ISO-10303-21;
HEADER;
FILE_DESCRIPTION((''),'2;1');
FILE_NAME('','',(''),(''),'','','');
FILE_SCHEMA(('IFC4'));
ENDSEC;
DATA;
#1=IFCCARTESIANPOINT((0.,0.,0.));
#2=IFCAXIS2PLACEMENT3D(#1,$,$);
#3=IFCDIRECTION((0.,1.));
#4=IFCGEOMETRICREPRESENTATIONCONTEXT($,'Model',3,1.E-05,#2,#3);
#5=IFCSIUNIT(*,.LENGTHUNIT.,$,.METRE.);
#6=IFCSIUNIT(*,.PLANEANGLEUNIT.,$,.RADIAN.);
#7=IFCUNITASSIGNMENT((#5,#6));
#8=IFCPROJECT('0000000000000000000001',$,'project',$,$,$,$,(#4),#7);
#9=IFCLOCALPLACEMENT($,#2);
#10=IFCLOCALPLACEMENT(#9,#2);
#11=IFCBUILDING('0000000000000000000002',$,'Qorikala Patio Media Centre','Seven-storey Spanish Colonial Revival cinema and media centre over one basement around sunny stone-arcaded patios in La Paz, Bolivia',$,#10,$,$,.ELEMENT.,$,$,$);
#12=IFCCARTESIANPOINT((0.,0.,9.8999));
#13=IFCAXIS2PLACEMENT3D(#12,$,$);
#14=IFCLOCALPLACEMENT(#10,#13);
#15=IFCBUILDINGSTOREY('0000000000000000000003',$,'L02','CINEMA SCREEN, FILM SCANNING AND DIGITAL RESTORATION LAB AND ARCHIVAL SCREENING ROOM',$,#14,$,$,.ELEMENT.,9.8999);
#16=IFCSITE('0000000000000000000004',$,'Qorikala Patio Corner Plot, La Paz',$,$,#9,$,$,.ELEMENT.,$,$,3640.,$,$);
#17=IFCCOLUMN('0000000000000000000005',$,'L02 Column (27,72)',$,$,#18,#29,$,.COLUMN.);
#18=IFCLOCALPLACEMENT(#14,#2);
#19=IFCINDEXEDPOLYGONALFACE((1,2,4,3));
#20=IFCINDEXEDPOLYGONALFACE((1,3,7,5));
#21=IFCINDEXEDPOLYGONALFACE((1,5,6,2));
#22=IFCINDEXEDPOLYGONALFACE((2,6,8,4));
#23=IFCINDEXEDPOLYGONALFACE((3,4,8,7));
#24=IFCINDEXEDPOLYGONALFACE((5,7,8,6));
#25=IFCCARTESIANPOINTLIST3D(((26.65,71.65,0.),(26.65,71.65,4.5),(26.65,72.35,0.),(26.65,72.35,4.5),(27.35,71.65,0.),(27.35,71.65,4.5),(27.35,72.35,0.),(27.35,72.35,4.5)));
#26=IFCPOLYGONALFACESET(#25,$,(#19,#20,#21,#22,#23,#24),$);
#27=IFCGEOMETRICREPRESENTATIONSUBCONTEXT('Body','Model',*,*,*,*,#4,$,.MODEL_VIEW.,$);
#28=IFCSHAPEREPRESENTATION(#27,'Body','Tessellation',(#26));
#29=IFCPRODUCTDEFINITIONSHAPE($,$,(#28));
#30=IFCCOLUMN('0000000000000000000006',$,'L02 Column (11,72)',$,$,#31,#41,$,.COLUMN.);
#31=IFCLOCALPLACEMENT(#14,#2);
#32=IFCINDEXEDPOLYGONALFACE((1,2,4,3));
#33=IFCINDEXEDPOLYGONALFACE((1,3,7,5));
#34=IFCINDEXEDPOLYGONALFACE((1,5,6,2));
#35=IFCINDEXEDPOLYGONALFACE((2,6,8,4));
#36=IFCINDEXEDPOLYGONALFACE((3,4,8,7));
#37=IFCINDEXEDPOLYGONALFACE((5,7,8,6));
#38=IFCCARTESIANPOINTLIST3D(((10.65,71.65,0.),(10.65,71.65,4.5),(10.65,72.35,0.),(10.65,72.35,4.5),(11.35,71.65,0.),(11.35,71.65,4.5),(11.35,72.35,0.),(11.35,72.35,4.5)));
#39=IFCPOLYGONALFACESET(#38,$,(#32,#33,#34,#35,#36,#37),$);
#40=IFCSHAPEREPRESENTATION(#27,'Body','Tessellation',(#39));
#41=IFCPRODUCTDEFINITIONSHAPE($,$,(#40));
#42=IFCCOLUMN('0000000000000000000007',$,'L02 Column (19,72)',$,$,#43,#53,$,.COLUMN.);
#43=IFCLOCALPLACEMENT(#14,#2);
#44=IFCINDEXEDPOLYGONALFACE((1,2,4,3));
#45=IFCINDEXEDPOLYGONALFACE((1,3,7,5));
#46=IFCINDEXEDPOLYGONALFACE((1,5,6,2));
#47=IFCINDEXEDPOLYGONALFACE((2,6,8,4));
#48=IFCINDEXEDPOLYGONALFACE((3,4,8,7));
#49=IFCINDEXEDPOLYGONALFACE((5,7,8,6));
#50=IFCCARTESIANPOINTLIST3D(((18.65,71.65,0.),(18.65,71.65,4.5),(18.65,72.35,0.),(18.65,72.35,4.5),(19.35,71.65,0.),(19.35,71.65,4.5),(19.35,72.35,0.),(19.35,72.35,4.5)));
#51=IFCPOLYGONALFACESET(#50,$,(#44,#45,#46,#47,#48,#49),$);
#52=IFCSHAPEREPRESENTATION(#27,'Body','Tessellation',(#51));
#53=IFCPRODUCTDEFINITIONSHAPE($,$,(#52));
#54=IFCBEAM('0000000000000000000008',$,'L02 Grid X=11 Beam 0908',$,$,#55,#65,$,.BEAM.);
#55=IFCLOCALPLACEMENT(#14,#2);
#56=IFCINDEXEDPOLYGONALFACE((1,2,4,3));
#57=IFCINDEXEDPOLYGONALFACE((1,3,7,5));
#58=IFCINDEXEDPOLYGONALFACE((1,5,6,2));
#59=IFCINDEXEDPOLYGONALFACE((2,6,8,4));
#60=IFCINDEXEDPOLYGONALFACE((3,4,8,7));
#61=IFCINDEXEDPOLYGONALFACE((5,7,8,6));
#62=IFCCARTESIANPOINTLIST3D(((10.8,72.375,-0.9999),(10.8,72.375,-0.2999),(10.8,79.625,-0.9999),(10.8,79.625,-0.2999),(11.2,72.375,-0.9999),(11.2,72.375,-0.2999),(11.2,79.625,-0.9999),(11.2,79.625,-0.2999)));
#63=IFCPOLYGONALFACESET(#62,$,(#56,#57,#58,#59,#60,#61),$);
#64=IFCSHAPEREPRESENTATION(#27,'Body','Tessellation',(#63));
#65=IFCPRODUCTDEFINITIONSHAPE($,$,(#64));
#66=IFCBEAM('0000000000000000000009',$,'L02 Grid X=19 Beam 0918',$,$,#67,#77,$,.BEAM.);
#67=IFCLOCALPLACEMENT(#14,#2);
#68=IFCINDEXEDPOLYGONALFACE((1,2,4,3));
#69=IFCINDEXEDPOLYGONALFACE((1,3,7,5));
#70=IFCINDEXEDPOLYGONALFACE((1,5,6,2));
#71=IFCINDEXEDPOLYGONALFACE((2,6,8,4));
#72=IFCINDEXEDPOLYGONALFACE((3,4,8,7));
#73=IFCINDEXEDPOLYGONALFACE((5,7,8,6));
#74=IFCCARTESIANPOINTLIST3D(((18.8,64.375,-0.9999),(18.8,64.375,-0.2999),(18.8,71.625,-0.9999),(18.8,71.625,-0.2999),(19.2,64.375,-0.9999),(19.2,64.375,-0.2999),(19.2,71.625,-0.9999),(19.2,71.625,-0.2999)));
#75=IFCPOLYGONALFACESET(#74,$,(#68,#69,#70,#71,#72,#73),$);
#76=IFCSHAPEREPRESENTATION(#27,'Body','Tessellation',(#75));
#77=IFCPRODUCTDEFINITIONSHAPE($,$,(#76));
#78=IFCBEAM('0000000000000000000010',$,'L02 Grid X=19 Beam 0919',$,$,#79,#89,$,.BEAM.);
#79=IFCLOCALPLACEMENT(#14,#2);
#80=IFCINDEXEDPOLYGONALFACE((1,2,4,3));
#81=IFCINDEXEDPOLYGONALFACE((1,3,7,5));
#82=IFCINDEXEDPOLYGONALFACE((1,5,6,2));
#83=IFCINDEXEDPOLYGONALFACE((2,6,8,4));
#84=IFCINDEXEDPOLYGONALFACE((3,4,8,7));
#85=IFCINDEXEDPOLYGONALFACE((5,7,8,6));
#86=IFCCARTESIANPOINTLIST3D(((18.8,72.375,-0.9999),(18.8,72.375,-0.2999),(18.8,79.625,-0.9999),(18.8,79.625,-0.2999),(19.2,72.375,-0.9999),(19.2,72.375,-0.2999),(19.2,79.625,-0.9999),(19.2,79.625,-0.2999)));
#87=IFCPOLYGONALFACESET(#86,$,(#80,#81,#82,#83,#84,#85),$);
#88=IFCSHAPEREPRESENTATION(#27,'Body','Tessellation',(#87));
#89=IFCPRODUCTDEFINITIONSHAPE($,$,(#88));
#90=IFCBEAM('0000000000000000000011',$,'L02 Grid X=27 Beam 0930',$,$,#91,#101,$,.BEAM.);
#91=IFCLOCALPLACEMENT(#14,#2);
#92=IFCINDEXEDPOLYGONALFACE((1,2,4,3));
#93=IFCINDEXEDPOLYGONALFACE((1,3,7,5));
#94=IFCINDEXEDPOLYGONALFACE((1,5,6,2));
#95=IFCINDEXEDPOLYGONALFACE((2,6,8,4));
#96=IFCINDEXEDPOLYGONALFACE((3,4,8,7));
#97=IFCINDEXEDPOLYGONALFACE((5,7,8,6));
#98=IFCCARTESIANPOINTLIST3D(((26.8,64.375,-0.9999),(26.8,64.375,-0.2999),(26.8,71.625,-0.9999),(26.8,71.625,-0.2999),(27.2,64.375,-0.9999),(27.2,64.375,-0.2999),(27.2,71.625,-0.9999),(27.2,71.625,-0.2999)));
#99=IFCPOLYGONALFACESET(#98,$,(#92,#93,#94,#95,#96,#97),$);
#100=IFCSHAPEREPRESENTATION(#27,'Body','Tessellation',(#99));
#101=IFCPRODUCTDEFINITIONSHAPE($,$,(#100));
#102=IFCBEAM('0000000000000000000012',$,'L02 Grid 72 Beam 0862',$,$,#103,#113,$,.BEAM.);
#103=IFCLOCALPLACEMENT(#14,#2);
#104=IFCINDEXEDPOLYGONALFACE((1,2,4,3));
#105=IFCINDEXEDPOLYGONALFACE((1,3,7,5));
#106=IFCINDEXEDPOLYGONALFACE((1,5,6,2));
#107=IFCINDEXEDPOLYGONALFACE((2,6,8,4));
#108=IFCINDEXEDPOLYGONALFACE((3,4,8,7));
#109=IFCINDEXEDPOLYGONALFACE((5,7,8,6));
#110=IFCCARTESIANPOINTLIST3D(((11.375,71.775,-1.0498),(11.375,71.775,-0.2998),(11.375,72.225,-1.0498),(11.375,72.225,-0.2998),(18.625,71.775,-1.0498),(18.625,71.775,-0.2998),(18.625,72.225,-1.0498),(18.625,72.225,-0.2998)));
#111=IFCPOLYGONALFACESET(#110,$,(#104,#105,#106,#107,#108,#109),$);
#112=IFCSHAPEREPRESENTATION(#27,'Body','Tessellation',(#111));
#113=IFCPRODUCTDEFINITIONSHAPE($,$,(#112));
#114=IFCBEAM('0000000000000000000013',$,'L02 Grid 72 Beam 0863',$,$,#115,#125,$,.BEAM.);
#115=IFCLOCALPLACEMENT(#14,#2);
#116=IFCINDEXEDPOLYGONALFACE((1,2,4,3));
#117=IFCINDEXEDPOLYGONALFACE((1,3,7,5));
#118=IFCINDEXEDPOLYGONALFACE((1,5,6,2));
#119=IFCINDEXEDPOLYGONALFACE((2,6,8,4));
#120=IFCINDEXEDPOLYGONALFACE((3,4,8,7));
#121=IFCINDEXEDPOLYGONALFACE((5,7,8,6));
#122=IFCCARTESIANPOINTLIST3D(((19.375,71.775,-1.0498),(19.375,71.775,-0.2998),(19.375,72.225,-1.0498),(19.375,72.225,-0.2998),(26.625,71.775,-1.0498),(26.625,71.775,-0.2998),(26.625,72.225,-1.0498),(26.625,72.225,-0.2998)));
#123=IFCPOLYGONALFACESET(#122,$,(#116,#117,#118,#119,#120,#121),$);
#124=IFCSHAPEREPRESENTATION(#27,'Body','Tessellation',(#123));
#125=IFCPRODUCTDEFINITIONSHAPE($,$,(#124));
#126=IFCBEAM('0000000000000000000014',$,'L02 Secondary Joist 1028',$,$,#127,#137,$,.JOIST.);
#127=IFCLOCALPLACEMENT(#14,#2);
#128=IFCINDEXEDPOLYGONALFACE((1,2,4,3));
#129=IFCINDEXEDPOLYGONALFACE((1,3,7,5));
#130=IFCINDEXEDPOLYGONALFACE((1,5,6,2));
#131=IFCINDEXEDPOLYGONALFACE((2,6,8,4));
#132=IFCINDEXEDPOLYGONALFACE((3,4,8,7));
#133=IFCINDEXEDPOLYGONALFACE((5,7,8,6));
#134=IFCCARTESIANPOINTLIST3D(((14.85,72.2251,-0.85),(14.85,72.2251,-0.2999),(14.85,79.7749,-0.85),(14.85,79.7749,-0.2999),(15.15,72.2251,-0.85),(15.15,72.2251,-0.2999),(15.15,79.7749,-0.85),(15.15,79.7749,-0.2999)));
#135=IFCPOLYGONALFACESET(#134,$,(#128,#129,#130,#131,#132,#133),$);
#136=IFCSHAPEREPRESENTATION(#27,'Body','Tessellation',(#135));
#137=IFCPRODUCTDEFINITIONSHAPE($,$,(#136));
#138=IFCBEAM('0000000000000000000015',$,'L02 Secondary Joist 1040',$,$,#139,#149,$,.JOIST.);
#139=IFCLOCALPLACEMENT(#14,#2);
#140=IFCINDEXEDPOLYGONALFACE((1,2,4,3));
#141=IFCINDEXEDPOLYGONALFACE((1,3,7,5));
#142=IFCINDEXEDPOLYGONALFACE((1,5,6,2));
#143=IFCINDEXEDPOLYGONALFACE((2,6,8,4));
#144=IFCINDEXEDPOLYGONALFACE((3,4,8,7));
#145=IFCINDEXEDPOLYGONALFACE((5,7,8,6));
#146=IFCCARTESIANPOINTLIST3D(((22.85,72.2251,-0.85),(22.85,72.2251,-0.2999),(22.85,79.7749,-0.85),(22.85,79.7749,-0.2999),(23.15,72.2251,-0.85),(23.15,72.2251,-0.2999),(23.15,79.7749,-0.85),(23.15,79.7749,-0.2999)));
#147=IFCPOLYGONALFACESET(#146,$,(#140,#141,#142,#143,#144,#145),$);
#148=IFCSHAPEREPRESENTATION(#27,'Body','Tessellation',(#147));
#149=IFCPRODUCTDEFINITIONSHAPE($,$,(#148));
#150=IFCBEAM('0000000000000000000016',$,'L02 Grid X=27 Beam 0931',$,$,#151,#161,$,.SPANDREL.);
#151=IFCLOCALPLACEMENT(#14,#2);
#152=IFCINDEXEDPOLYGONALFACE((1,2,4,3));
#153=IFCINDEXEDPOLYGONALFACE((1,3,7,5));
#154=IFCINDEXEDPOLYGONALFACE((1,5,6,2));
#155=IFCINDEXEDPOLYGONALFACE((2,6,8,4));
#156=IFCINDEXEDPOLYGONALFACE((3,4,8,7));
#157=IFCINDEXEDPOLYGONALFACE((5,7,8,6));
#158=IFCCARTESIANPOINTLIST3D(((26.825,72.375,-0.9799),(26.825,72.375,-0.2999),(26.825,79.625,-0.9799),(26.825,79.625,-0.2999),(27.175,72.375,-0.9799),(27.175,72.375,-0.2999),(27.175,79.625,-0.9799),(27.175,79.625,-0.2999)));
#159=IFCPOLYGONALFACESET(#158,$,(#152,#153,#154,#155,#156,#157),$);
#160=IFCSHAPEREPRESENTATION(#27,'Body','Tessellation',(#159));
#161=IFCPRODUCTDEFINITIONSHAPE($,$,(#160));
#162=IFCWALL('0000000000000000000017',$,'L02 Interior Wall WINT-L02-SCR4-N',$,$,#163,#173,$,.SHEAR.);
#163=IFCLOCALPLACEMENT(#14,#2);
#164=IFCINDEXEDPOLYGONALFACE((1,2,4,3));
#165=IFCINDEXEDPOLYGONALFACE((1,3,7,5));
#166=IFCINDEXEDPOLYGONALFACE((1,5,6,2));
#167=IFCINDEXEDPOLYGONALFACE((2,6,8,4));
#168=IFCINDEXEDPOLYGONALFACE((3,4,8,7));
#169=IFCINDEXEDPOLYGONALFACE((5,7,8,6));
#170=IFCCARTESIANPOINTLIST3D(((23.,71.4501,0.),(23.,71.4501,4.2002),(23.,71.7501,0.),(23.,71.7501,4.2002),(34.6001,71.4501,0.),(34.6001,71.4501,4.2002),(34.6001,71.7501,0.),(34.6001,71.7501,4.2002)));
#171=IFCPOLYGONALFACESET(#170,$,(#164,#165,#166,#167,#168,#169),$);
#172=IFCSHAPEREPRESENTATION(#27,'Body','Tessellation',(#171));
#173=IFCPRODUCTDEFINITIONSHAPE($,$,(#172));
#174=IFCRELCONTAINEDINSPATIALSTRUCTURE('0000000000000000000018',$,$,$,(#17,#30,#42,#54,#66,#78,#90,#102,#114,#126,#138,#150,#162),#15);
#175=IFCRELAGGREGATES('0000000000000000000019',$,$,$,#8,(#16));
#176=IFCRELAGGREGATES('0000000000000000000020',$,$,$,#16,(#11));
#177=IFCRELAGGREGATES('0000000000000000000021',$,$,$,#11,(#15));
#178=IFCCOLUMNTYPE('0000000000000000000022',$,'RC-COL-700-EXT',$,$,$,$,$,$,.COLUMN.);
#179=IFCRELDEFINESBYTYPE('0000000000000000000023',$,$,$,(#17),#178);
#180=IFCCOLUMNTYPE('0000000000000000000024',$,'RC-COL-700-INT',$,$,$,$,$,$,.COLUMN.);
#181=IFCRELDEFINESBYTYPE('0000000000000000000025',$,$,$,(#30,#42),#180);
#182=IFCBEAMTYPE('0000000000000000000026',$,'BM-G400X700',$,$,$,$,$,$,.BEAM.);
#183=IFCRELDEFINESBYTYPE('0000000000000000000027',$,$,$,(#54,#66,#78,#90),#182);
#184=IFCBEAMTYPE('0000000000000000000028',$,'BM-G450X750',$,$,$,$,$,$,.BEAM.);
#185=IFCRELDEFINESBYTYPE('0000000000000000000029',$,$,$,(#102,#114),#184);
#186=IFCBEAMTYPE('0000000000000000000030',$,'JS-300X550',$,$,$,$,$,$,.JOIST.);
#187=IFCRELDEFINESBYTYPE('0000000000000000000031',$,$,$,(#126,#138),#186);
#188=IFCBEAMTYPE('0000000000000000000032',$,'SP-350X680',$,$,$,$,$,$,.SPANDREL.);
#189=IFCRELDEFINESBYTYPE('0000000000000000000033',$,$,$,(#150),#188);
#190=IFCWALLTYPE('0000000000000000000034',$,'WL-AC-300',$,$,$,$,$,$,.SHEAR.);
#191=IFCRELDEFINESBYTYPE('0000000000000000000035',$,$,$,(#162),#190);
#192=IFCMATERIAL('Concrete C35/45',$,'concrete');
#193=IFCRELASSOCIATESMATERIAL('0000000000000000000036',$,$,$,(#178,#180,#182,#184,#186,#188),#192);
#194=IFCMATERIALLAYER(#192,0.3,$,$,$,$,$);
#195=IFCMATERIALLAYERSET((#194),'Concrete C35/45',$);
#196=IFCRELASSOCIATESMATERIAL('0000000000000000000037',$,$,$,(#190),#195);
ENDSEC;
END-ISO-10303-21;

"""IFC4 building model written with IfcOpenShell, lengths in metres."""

from ifc_helpers import new_model, si_unit, direction, frame, frame_2d, origin, origin_2d, place, context, subcontext, project, spatial, rectangle, extrude, material, layer, layer_set, material_profile, profile_set, type_object, element, save


model = new_model("IFC4")

# Units and contexts
model_context = context("Model", 3, precision=1e-05, world=origin(), true_north=direction((0.0, 1.0)))
body_context = subcontext(model_context, "Body", "Model", "MODEL_VIEW")
ifc_project = project(units=[si_unit("LENGTHUNIT", "METRE"), si_unit("PLANEANGLEUNIT", "RADIAN")], contexts=[model_context])

# Site, building, storey
site_placement = place(None, origin())
site = spatial("IfcSite", under=ifc_project, at=site_placement, Name="Qorikala Patio Corner Plot, La Paz", CompositionType="ELEMENT", RefElevation=3640.0)
building_placement = place(site_placement, origin())
building = spatial("IfcBuilding", under=site, at=building_placement, Name="Qorikala Patio Media Centre", Description="Seven-storey Spanish Colonial Revival cinema and media centre over one basement around sunny stone-arcaded patios in La Paz, Bolivia", CompositionType="ELEMENT")
storey_placement = place(building_placement, frame((0.0, 0.0, 9.8999)))
storey = spatial("IfcBuildingStorey", under=building, at=storey_placement, Name="L02", Description="CINEMA SCREEN, FILM SCANNING AND DIGITAL RESTORATION LAB AND ARCHIVAL SCREENING ROOM", CompositionType="ELEMENT", Elevation=9.8999)

# Columns
ifc_material_1 = material(Name="Concrete C35/45", Category="concrete")
ifc_material_profile_1 = material_profile(ifc_material_1, rectangle(XDim=0.7, YDim=0.7, at=origin_2d()), Name="RC 700x700")
ifc_profile_set_1 = profile_set([ifc_material_profile_1], Name="Concrete C35/45")
column_type_1 = type_object("IfcColumnType", Name="RC-COL-700-EXT", PredefinedType="COLUMN", material=ifc_profile_set_1)
column_placement = place(storey_placement, frame((27.0, 72.0, 0.0), z_axis=(0.0, 0.0, 1.0), x_axis=(1.0, 0.0, 0.0)))
element("IfcColumn", 1, at=column_placement, inside=storey, type_object=column_type_1, Name="L02 Column (27,72)", PredefinedType="COLUMN", context=body_context, shape_type="SweptSolid", body=[
    extrude(rectangle(XDim=0.7, YDim=0.7, at=origin_2d()), origin(), (0.0, 0.0, 1.0), 4.5),
])
ifc_material_profile_2 = material_profile(ifc_material_1, rectangle(XDim=0.7, YDim=0.7, at=origin_2d()), Name="RC 700x700")
ifc_profile_set_2 = profile_set([ifc_material_profile_2], Name="Concrete C35/45")
column_type_2 = type_object("IfcColumnType", Name="RC-COL-700-INT", PredefinedType="COLUMN", material=ifc_profile_set_2)
for number, where, z_axis, x_axis, name in (
    (2, (11.0, 72.0, 0.0), (0.0, 0.0, 1.0), (1.0, 0.0, 0.0), "L02 Column (11,72)"),
    (3, (19.0, 72.0, 0.0), (0.0, 0.0, 1.0), (1.0, 0.0, 0.0), "L02 Column (19,72)"),
):
    element("IfcColumn", number, at=place(storey_placement, frame(where, z_axis=z_axis, x_axis=x_axis)), inside=storey, type_object=column_type_2, Name=name, PredefinedType="COLUMN", context=body_context, shape_type="SweptSolid", body=[
        extrude(rectangle(XDim=0.7, YDim=0.7, at=origin_2d()), origin(), (0.0, 0.0, 1.0), 4.5),
    ])

# Beams
ifc_material_profile_3 = material_profile(ifc_material_1, rectangle(XDim=0.3999, YDim=0.7, at=origin_2d()), Name="RC 400x700")
ifc_profile_set_3 = profile_set([ifc_material_profile_3], Name="Concrete C35/45")
beam_type_1 = type_object("IfcBeamType", Name="BM-G400X700", PredefinedType="BEAM", material=ifc_profile_set_3)
for number, where, z_axis, x_axis, name in (
    (4, (11.0, 72.375, -0.6499), (0.0, 1.0, 0.0), (-1.0, 0.0, 0.0), "L02 Grid X=11 Beam 0908"),
    (5, (19.0, 64.375, -0.6499), (0.0, 1.0, 0.0), (-1.0, 0.0, 0.0), "L02 Grid X=19 Beam 0918"),
    (6, (19.0, 72.375, -0.6499), (0.0, 1.0, 0.0), (-1.0, 0.0, 0.0), "L02 Grid X=19 Beam 0919"),
    (7, (27.0, 64.375, -0.6499), (0.0, 1.0, 0.0), (-1.0, 0.0, 0.0), "L02 Grid X=27 Beam 0930"),
):
    element("IfcBeam", number, at=place(storey_placement, frame(where, z_axis=z_axis, x_axis=x_axis)), inside=storey, type_object=beam_type_1, Name=name, PredefinedType="BEAM", context=body_context, shape_type="SweptSolid", body=[
        extrude(rectangle(XDim=0.3999, YDim=0.7, at=origin_2d()), origin(), (0.0, 0.0, 1.0), 7.25),
    ])
ifc_material_profile_4 = material_profile(ifc_material_1, rectangle(XDim=0.45, YDim=0.75, at=origin_2d()), Name="RC 450x750")
ifc_profile_set_4 = profile_set([ifc_material_profile_4], Name="Concrete C35/45")
beam_type_2 = type_object("IfcBeamType", Name="BM-G450X750", PredefinedType="BEAM", material=ifc_profile_set_4)
for number, where, z_axis, x_axis, name in (
    (8, (11.375, 72.0, -0.6748), (1.0, 0.0, 0.0), (0.0, 1.0, 0.0), "L02 Grid 72 Beam 0862"),
    (9, (19.375, 72.0, -0.6748), (1.0, 0.0, 0.0), (0.0, 1.0, 0.0), "L02 Grid 72 Beam 0863"),
):
    element("IfcBeam", number, at=place(storey_placement, frame(where, z_axis=z_axis, x_axis=x_axis)), inside=storey, type_object=beam_type_2, Name=name, PredefinedType="BEAM", context=body_context, shape_type="SweptSolid", body=[
        extrude(rectangle(XDim=0.45, YDim=0.75, at=origin_2d()), origin(), (0.0, 0.0, 1.0), 7.25),
    ])
ifc_material_profile_5 = material_profile(ifc_material_1, rectangle(XDim=0.3, YDim=0.55, at=origin_2d()), Name="RC 300x550")
ifc_profile_set_5 = profile_set([ifc_material_profile_5], Name="Concrete C35/45")
beam_type_3 = type_object("IfcBeamType", Name="JS-300X550", PredefinedType="JOIST", material=ifc_profile_set_5)
for number, where, z_axis, x_axis, name in (
    (10, (15.0, 72.2251, -0.575), (0.0, 1.0, 0.0), (-1.0, 0.0, 0.0), "L02 Secondary Joist 1028"),
    (11, (23.0, 72.2251, -0.575), (0.0, 1.0, 0.0), (-1.0, 0.0, 0.0), "L02 Secondary Joist 1040"),
):
    element("IfcBeam", number, at=place(storey_placement, frame(where, z_axis=z_axis, x_axis=x_axis)), inside=storey, type_object=beam_type_3, Name=name, PredefinedType="JOIST", context=body_context, shape_type="SweptSolid", body=[
        extrude(rectangle(XDim=0.3, YDim=0.55, at=origin_2d()), origin(), (0.0, 0.0, 1.0), 7.5498),
    ])
ifc_material_profile_6 = material_profile(ifc_material_1, rectangle(XDim=0.3501, YDim=0.6799, at=origin_2d()), Name="RC 350x680")
ifc_profile_set_6 = profile_set([ifc_material_profile_6], Name="Concrete C35/45")
beam_type_4 = type_object("IfcBeamType", Name="SP-350X680", PredefinedType="SPANDREL", material=ifc_profile_set_6)
beam_placement = place(storey_placement, frame((27.0, 72.375, -0.6399), z_axis=(0.0, 1.0, 0.0), x_axis=(-1.0, 0.0, 0.0)))
element("IfcBeam", 12, at=beam_placement, inside=storey, type_object=beam_type_4, Name="L02 Grid X=27 Beam 0931", PredefinedType="SPANDREL", context=body_context, shape_type="SweptSolid", body=[
    extrude(rectangle(XDim=0.3501, YDim=0.6799, at=origin_2d()), origin(), (0.0, 0.0, 1.0), 7.25),
])

# Wall
ifc_layer_1 = layer(ifc_material_1, 0.3)
ifc_layer_set_1 = layer_set([ifc_layer_1], Name="Concrete C35/45")
wall_type_1 = type_object("IfcWallType", Name="WL-AC-300", PredefinedType="SHEAR", material=ifc_layer_set_1)
wall_1_placement = place(storey_placement, frame((23.0, 71.6001, 0.0), z_axis=(0.0, 0.0, 1.0), x_axis=(1.0, 0.0, 0.0)))
element("IfcWall", 13, at=wall_1_placement, inside=storey, type_object=wall_type_1, Name="L02 Interior Wall WINT-L02-SCR4-N", PredefinedType="SHEAR", context=body_context, shape_type="SweptSolid", body=[
    extrude(rectangle(XDim=11.6001, YDim=0.3, at=frame_2d((5.8, 0.0))), origin(), (0.0, 0.0, 1.0), 4.2002),
])

save(model, "model.ifc")
